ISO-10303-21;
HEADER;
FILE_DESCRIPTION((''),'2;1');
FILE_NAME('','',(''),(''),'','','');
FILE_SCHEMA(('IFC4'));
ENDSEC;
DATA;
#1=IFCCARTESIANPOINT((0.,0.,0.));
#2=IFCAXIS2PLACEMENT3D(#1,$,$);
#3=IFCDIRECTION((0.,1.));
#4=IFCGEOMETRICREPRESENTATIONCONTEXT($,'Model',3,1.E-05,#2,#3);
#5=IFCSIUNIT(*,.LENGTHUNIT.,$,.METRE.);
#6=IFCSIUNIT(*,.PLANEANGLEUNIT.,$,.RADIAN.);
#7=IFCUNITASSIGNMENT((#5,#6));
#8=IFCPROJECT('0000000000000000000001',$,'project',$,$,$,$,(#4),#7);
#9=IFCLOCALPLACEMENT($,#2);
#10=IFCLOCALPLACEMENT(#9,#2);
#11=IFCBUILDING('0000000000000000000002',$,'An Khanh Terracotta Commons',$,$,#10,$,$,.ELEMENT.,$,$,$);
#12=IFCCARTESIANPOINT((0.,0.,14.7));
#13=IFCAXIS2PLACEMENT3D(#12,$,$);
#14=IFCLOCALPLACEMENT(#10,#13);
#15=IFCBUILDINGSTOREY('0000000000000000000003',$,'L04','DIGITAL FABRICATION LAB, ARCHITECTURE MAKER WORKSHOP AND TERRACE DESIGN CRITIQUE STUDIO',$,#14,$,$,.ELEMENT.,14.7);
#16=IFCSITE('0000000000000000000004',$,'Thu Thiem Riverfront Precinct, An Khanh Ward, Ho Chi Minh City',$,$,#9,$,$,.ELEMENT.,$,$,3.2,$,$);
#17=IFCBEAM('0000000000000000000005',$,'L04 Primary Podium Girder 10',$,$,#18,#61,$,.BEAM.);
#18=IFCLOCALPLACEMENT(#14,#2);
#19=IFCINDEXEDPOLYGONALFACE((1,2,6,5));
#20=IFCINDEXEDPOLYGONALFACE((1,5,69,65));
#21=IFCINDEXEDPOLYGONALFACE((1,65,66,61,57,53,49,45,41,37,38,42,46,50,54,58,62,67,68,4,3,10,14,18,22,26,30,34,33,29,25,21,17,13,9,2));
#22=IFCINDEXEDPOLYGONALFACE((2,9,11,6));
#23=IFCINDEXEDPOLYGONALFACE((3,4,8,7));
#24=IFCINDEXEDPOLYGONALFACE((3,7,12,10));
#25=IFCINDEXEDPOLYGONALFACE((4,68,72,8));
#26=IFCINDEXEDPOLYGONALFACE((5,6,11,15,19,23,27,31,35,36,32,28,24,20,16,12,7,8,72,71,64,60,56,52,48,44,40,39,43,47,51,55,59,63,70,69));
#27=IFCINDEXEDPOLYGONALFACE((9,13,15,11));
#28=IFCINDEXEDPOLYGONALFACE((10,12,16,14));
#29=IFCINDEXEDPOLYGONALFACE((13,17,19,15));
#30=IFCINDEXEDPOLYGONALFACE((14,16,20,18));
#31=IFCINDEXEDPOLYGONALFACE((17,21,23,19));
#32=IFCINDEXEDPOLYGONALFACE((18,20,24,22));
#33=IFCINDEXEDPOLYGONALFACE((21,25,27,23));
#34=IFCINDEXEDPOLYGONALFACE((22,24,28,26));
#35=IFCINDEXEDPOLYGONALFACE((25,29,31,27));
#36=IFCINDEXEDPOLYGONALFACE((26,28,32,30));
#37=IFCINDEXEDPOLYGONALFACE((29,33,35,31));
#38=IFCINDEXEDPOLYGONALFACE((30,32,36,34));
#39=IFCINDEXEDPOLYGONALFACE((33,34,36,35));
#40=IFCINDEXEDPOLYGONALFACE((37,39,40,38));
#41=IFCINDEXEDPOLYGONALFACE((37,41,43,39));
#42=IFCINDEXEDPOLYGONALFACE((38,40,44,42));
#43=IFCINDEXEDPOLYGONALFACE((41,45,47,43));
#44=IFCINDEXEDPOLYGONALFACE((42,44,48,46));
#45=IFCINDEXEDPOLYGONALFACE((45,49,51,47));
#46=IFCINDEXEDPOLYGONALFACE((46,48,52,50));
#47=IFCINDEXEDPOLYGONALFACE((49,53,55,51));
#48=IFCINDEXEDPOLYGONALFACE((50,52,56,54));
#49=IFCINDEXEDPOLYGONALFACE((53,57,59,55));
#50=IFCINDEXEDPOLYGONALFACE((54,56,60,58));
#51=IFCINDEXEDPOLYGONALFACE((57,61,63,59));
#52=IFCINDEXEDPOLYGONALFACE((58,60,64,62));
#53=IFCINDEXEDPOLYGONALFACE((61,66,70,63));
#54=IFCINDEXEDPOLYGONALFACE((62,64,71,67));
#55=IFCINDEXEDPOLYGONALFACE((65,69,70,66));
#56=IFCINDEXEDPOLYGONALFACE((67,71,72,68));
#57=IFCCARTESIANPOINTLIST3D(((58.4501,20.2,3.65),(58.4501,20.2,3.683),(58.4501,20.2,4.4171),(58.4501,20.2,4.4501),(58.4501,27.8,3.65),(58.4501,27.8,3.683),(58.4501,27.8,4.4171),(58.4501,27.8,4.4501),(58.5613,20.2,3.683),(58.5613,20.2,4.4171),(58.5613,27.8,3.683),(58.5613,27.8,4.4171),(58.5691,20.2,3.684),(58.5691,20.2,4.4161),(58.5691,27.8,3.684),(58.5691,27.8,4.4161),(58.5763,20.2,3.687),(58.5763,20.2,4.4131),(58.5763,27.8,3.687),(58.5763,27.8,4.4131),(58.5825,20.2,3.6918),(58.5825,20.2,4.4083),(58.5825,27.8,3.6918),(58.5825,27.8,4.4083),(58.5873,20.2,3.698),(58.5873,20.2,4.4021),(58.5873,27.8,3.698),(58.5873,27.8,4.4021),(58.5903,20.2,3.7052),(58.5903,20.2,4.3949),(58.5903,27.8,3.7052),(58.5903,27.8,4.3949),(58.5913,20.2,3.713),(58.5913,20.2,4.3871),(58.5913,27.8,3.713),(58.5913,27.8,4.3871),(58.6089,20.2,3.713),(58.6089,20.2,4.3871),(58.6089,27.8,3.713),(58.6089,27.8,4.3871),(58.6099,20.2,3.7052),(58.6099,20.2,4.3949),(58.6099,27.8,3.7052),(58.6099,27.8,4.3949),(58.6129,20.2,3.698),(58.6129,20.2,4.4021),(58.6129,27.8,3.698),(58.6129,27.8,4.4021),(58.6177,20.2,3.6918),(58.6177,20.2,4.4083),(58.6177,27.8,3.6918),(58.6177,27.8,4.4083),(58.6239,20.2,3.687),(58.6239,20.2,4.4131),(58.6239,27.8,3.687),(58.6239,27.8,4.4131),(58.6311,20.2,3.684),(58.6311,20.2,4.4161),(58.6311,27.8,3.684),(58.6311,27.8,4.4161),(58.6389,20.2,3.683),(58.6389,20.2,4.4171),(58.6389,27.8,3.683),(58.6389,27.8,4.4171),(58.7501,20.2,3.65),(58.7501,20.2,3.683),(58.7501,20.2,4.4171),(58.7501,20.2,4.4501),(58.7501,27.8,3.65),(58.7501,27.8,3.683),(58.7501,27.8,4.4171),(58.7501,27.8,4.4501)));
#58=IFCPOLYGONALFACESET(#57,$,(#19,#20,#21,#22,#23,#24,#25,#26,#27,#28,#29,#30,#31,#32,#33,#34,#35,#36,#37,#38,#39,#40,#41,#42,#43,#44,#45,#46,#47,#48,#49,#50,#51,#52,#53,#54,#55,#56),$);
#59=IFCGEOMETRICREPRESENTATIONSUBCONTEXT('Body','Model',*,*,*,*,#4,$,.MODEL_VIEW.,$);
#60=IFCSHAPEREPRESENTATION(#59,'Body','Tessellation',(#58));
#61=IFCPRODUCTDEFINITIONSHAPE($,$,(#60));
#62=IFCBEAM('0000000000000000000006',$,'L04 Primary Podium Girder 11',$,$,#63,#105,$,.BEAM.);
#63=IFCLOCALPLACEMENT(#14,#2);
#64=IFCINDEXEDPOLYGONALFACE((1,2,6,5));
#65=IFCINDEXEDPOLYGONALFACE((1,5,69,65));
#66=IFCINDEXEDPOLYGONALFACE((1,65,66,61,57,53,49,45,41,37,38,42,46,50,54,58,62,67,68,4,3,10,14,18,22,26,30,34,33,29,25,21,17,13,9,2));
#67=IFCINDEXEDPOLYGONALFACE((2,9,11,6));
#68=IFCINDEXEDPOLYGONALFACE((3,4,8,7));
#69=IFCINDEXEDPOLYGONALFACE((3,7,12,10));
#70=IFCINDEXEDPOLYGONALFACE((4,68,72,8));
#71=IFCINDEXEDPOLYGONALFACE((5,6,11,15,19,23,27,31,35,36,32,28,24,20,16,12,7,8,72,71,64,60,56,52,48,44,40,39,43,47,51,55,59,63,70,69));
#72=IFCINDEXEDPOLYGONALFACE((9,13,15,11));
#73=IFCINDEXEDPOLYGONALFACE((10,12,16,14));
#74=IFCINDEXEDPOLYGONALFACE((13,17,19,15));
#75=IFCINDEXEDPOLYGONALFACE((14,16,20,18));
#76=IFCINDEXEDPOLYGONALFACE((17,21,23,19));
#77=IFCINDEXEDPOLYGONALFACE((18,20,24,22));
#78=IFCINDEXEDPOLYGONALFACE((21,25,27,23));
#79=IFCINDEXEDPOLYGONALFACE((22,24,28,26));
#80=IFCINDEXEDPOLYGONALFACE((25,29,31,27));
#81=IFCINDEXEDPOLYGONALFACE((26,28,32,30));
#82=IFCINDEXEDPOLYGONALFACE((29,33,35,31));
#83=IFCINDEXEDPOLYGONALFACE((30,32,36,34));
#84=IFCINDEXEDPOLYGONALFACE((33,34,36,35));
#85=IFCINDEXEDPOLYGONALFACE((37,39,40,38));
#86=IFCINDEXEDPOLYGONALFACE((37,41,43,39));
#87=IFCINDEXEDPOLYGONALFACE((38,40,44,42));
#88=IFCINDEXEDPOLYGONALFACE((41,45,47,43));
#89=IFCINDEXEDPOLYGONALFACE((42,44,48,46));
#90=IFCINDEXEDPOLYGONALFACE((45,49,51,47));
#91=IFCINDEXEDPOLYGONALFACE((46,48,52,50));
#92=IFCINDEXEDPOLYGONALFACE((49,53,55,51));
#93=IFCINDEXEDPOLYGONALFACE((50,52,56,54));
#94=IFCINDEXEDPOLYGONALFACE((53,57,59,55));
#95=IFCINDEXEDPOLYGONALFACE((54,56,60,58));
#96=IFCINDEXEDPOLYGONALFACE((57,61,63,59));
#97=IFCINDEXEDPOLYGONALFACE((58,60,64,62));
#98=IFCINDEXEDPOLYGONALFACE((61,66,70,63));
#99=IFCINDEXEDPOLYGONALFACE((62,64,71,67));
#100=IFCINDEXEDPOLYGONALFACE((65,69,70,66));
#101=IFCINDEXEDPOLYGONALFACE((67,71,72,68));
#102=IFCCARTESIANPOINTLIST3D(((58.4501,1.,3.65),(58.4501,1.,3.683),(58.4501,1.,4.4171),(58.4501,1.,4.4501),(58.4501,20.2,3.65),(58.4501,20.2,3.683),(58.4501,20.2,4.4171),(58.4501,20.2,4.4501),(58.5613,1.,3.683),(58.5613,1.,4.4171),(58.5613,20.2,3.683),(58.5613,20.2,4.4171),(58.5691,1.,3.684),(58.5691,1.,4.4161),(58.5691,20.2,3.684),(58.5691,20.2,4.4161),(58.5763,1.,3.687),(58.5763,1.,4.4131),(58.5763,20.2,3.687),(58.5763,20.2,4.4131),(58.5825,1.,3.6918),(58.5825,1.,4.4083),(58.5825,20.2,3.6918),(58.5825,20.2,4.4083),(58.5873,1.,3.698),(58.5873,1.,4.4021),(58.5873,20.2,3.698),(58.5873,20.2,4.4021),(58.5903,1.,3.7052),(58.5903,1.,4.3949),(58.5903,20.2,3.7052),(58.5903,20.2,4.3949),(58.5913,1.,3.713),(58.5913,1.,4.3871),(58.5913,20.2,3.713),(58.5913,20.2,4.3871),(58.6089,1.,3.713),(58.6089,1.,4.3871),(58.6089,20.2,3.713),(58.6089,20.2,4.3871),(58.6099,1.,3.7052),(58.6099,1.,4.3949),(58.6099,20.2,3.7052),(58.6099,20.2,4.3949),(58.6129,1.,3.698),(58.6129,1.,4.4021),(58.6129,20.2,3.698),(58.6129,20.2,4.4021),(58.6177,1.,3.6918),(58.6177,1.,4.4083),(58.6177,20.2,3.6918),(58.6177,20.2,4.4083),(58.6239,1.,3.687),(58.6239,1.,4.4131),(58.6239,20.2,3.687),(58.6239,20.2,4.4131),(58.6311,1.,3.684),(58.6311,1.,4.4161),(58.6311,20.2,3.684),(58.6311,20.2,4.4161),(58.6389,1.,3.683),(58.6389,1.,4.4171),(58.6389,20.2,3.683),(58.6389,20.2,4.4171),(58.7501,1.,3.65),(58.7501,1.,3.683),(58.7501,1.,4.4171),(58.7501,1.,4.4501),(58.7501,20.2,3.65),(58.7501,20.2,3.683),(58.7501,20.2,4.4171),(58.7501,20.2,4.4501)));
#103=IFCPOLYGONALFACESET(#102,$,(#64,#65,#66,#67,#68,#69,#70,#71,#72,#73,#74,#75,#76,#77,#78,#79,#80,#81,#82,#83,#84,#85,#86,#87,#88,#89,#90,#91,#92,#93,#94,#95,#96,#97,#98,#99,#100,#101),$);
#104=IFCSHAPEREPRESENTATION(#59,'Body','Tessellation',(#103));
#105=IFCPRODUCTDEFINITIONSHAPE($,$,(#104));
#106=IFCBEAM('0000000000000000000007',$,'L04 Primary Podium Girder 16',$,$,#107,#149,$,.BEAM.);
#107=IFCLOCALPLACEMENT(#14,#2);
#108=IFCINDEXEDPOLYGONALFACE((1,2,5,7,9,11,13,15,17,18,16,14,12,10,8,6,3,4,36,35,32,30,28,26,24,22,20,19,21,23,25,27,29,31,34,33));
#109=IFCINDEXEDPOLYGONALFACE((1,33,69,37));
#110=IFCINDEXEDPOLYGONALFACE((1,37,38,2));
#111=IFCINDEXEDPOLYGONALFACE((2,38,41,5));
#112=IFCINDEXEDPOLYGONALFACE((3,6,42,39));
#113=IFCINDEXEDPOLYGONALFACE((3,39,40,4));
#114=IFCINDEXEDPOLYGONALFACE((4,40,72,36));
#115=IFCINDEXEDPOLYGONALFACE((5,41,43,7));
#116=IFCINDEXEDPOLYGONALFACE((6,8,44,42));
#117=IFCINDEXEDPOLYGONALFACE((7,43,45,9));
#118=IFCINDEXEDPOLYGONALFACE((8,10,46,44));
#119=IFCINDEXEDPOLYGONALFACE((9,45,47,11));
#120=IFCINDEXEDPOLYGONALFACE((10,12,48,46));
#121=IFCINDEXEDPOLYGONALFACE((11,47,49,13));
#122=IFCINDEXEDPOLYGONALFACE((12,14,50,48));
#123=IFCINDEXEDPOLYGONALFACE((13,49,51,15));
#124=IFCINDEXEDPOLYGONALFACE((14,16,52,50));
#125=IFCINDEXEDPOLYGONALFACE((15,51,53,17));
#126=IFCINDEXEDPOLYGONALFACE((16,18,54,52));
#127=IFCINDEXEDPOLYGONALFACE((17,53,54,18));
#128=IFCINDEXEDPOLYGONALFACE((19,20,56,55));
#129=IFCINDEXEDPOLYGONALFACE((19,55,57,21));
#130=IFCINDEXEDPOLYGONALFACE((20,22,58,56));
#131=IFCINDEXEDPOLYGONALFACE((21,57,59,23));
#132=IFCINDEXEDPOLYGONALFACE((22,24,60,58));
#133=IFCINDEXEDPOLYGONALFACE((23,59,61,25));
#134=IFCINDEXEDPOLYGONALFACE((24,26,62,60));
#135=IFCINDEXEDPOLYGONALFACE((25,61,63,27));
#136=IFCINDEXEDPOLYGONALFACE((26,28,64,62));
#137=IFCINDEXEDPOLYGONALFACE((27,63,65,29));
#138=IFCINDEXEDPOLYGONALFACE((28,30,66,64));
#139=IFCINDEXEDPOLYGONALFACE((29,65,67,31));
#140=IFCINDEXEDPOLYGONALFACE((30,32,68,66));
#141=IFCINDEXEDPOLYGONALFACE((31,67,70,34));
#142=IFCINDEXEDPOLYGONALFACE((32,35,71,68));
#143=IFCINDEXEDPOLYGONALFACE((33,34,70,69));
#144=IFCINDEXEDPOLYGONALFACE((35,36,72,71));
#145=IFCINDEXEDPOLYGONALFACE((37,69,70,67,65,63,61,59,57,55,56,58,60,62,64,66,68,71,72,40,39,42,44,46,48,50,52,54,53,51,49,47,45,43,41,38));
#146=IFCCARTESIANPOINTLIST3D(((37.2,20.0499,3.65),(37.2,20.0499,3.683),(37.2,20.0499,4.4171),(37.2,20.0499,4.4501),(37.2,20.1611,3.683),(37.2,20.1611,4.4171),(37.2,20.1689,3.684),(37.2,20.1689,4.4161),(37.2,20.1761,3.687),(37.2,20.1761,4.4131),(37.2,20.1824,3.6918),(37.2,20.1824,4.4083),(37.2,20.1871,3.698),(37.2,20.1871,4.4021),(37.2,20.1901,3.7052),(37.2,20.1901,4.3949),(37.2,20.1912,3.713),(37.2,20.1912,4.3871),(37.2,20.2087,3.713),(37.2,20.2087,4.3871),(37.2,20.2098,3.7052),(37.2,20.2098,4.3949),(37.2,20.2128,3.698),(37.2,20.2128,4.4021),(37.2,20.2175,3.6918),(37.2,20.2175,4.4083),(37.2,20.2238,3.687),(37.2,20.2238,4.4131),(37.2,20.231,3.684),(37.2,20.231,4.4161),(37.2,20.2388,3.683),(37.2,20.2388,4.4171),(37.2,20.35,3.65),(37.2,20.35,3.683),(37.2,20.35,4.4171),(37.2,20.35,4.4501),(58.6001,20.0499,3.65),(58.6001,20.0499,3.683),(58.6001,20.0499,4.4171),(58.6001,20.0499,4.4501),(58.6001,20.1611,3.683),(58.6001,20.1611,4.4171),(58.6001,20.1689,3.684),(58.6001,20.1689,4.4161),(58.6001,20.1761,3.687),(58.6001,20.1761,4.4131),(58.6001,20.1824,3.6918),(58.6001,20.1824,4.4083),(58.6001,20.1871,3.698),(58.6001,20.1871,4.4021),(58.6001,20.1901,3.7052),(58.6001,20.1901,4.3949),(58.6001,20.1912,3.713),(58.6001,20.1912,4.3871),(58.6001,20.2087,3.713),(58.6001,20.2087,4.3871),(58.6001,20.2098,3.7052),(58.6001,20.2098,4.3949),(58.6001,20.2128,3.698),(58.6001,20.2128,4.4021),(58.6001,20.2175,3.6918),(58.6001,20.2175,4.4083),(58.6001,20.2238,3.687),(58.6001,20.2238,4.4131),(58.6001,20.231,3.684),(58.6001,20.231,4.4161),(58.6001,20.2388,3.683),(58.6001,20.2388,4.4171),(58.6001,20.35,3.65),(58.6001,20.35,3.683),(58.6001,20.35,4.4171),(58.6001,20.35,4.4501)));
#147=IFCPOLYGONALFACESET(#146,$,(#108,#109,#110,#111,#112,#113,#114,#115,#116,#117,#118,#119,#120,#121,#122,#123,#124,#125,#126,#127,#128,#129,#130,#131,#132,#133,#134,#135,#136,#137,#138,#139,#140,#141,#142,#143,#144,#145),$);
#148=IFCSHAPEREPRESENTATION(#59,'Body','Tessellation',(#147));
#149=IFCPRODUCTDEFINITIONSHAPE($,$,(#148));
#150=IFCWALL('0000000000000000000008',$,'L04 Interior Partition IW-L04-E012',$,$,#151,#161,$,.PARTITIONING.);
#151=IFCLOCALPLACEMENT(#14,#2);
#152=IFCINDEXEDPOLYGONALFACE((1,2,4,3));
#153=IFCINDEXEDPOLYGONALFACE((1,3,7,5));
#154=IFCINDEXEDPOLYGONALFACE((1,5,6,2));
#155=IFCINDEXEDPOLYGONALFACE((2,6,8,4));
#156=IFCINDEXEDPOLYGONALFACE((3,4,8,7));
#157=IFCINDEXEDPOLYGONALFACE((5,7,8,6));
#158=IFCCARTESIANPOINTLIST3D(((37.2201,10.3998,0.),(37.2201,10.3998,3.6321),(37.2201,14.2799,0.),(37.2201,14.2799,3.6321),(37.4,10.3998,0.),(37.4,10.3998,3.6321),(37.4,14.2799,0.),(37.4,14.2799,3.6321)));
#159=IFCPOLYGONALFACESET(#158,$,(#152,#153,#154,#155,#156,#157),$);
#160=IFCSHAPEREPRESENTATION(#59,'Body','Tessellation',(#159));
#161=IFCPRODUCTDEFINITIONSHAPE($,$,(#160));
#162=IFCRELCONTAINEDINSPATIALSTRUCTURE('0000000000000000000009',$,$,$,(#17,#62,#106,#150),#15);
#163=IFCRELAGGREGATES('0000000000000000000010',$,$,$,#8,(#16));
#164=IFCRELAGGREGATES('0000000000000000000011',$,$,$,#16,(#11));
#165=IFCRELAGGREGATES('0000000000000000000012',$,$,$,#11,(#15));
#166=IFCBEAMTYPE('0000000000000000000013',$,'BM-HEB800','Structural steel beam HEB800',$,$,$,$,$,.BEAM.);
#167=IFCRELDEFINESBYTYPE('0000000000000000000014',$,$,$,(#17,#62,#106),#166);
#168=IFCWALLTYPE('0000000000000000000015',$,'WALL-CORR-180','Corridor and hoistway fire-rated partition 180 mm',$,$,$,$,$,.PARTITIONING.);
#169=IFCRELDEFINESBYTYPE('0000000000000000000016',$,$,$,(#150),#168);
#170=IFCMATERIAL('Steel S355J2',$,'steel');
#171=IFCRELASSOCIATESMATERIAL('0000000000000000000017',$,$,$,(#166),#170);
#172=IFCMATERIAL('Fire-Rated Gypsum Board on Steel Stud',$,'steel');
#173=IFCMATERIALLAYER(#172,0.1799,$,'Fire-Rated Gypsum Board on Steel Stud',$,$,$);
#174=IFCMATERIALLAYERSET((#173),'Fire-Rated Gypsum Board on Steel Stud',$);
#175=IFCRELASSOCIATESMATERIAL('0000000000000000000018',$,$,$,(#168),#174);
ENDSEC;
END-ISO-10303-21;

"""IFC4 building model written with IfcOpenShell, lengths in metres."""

from ifc_helpers import new_model, si_unit, direction, frame, frame_2d, origin, origin_2d, place, context, subcontext, project, spatial, rectangle, i_section, extrude, material, layer, layer_set, material_profile, profile_set, type_object, element, save


model = new_model("IFC4")

# Units and contexts
model_context = context("Model", 3, precision=1e-05, world=origin(), true_north=direction((0.0, 1.0)))
body_context = subcontext(model_context, "Body", "Model", "MODEL_VIEW")
ifc_project = project(units=[si_unit("LENGTHUNIT", "METRE"), si_unit("PLANEANGLEUNIT", "RADIAN")], contexts=[model_context])

# Site, building, storey
site_placement = place(None, origin())
site = spatial("IfcSite", under=ifc_project, at=site_placement, Name="Thu Thiem Riverfront Precinct, An Khanh Ward, Ho Chi Minh City", CompositionType="ELEMENT", RefElevation=3.2)
building_placement = place(site_placement, origin())
building = spatial("IfcBuilding", under=site, at=building_placement, Name="An Khanh Terracotta Commons", CompositionType="ELEMENT")
storey_placement = place(building_placement, frame((0.0, 0.0, 14.7)))
storey = spatial("IfcBuildingStorey", under=building, at=storey_placement, Name="L04", Description="DIGITAL FABRICATION LAB, ARCHITECTURE MAKER WORKSHOP AND TERRACE DESIGN CRITIQUE STUDIO", CompositionType="ELEMENT", Elevation=14.7)

# Beams
ifc_material_1 = material(Name="Steel S355J2", Category="steel")
ifc_material_profile_1 = material_profile(ifc_material_1, i_section(OverallWidth=0.3, OverallDepth=0.8, WebThickness=0.0176, FlangeThickness=0.033, FilletRadius=0.03, at=origin_2d()), Name="HEB800")
ifc_profile_set_1 = profile_set([ifc_material_profile_1], Name="Steel S355J2")
beam_type_1 = type_object("IfcBeamType", Name="BM-HEB800", Description="Structural steel beam HEB800", PredefinedType="BEAM", material=ifc_profile_set_1)
beam_1_placement = place(storey_placement, frame((58.6001, 20.2, 4.05), z_axis=(0.0, 1.0, 0.0), x_axis=(-1.0, 0.0, 0.0)))
element("IfcBeam", 1, at=beam_1_placement, inside=storey, type_object=beam_type_1, Name="L04 Primary Podium Girder 10", PredefinedType="BEAM", context=body_context, shape_type="SweptSolid", body=[
    extrude(i_section(OverallWidth=0.3, OverallDepth=0.8, WebThickness=0.0176, FlangeThickness=0.033, FilletRadius=0.03, at=origin_2d()), origin(), (0.0, 0.0, 1.0), 7.6001),
])
beam_2_placement = place(storey_placement, frame((58.6001, 1.0, 4.05), z_axis=(0.0, 1.0, 0.0), x_axis=(-1.0, 0.0, 0.0)))
element("IfcBeam", 2, at=beam_2_placement, inside=storey, type_object=beam_type_1, Name="L04 Primary Podium Girder 11", PredefinedType="BEAM", context=body_context, shape_type="SweptSolid", body=[
    extrude(i_section(OverallWidth=0.3, OverallDepth=0.8, WebThickness=0.0176, FlangeThickness=0.033, FilletRadius=0.03, at=origin_2d()), origin(), (0.0, 0.0, 1.0), 19.2),
])
beam_3_placement = place(storey_placement, frame((37.2, 20.2, 4.05), z_axis=(1.0, 0.0, 0.0), x_axis=(0.0, 1.0, 0.0)))
element("IfcBeam", 3, at=beam_3_placement, inside=storey, type_object=beam_type_1, Name="L04 Primary Podium Girder 16", PredefinedType="BEAM", context=body_context, shape_type="SweptSolid", body=[
    extrude(i_section(OverallWidth=0.3, OverallDepth=0.8, WebThickness=0.0176, FlangeThickness=0.033, FilletRadius=0.03, at=origin_2d()), origin(), (0.0, 0.0, 1.0), 21.4001),
])

# Wall
ifc_material_2 = material(Name="Fire-Rated Gypsum Board on Steel Stud", Category="steel")
ifc_layer = layer(ifc_material_2, 0.1799, Name="Fire-Rated Gypsum Board on Steel Stud")
ifc_layer_set = layer_set([ifc_layer], Name="Fire-Rated Gypsum Board on Steel Stud")
wall_type = type_object("IfcWallType", Name="WALL-CORR-180", Description="Corridor and hoistway fire-rated partition 180 mm", PredefinedType="PARTITIONING", material=ifc_layer_set)
wall_1_placement = place(storey_placement, frame((37.3101, 10.3999, 0.0), z_axis=(0.0, 0.0, 1.0), x_axis=(0.0, 1.0, 0.0)))
element("IfcWall", 4, at=wall_1_placement, inside=storey, type_object=wall_type, Name="L04 Interior Partition IW-L04-E012", PredefinedType="PARTITIONING", context=body_context, shape_type="SweptSolid", body=[
    extrude(rectangle(XDim=3.8801, YDim=0.1799, at=frame_2d((1.9399, 0.0))), origin(), (0.0, 0.0, 1.0), 3.6321),
])

save(model, "model.ifc")
